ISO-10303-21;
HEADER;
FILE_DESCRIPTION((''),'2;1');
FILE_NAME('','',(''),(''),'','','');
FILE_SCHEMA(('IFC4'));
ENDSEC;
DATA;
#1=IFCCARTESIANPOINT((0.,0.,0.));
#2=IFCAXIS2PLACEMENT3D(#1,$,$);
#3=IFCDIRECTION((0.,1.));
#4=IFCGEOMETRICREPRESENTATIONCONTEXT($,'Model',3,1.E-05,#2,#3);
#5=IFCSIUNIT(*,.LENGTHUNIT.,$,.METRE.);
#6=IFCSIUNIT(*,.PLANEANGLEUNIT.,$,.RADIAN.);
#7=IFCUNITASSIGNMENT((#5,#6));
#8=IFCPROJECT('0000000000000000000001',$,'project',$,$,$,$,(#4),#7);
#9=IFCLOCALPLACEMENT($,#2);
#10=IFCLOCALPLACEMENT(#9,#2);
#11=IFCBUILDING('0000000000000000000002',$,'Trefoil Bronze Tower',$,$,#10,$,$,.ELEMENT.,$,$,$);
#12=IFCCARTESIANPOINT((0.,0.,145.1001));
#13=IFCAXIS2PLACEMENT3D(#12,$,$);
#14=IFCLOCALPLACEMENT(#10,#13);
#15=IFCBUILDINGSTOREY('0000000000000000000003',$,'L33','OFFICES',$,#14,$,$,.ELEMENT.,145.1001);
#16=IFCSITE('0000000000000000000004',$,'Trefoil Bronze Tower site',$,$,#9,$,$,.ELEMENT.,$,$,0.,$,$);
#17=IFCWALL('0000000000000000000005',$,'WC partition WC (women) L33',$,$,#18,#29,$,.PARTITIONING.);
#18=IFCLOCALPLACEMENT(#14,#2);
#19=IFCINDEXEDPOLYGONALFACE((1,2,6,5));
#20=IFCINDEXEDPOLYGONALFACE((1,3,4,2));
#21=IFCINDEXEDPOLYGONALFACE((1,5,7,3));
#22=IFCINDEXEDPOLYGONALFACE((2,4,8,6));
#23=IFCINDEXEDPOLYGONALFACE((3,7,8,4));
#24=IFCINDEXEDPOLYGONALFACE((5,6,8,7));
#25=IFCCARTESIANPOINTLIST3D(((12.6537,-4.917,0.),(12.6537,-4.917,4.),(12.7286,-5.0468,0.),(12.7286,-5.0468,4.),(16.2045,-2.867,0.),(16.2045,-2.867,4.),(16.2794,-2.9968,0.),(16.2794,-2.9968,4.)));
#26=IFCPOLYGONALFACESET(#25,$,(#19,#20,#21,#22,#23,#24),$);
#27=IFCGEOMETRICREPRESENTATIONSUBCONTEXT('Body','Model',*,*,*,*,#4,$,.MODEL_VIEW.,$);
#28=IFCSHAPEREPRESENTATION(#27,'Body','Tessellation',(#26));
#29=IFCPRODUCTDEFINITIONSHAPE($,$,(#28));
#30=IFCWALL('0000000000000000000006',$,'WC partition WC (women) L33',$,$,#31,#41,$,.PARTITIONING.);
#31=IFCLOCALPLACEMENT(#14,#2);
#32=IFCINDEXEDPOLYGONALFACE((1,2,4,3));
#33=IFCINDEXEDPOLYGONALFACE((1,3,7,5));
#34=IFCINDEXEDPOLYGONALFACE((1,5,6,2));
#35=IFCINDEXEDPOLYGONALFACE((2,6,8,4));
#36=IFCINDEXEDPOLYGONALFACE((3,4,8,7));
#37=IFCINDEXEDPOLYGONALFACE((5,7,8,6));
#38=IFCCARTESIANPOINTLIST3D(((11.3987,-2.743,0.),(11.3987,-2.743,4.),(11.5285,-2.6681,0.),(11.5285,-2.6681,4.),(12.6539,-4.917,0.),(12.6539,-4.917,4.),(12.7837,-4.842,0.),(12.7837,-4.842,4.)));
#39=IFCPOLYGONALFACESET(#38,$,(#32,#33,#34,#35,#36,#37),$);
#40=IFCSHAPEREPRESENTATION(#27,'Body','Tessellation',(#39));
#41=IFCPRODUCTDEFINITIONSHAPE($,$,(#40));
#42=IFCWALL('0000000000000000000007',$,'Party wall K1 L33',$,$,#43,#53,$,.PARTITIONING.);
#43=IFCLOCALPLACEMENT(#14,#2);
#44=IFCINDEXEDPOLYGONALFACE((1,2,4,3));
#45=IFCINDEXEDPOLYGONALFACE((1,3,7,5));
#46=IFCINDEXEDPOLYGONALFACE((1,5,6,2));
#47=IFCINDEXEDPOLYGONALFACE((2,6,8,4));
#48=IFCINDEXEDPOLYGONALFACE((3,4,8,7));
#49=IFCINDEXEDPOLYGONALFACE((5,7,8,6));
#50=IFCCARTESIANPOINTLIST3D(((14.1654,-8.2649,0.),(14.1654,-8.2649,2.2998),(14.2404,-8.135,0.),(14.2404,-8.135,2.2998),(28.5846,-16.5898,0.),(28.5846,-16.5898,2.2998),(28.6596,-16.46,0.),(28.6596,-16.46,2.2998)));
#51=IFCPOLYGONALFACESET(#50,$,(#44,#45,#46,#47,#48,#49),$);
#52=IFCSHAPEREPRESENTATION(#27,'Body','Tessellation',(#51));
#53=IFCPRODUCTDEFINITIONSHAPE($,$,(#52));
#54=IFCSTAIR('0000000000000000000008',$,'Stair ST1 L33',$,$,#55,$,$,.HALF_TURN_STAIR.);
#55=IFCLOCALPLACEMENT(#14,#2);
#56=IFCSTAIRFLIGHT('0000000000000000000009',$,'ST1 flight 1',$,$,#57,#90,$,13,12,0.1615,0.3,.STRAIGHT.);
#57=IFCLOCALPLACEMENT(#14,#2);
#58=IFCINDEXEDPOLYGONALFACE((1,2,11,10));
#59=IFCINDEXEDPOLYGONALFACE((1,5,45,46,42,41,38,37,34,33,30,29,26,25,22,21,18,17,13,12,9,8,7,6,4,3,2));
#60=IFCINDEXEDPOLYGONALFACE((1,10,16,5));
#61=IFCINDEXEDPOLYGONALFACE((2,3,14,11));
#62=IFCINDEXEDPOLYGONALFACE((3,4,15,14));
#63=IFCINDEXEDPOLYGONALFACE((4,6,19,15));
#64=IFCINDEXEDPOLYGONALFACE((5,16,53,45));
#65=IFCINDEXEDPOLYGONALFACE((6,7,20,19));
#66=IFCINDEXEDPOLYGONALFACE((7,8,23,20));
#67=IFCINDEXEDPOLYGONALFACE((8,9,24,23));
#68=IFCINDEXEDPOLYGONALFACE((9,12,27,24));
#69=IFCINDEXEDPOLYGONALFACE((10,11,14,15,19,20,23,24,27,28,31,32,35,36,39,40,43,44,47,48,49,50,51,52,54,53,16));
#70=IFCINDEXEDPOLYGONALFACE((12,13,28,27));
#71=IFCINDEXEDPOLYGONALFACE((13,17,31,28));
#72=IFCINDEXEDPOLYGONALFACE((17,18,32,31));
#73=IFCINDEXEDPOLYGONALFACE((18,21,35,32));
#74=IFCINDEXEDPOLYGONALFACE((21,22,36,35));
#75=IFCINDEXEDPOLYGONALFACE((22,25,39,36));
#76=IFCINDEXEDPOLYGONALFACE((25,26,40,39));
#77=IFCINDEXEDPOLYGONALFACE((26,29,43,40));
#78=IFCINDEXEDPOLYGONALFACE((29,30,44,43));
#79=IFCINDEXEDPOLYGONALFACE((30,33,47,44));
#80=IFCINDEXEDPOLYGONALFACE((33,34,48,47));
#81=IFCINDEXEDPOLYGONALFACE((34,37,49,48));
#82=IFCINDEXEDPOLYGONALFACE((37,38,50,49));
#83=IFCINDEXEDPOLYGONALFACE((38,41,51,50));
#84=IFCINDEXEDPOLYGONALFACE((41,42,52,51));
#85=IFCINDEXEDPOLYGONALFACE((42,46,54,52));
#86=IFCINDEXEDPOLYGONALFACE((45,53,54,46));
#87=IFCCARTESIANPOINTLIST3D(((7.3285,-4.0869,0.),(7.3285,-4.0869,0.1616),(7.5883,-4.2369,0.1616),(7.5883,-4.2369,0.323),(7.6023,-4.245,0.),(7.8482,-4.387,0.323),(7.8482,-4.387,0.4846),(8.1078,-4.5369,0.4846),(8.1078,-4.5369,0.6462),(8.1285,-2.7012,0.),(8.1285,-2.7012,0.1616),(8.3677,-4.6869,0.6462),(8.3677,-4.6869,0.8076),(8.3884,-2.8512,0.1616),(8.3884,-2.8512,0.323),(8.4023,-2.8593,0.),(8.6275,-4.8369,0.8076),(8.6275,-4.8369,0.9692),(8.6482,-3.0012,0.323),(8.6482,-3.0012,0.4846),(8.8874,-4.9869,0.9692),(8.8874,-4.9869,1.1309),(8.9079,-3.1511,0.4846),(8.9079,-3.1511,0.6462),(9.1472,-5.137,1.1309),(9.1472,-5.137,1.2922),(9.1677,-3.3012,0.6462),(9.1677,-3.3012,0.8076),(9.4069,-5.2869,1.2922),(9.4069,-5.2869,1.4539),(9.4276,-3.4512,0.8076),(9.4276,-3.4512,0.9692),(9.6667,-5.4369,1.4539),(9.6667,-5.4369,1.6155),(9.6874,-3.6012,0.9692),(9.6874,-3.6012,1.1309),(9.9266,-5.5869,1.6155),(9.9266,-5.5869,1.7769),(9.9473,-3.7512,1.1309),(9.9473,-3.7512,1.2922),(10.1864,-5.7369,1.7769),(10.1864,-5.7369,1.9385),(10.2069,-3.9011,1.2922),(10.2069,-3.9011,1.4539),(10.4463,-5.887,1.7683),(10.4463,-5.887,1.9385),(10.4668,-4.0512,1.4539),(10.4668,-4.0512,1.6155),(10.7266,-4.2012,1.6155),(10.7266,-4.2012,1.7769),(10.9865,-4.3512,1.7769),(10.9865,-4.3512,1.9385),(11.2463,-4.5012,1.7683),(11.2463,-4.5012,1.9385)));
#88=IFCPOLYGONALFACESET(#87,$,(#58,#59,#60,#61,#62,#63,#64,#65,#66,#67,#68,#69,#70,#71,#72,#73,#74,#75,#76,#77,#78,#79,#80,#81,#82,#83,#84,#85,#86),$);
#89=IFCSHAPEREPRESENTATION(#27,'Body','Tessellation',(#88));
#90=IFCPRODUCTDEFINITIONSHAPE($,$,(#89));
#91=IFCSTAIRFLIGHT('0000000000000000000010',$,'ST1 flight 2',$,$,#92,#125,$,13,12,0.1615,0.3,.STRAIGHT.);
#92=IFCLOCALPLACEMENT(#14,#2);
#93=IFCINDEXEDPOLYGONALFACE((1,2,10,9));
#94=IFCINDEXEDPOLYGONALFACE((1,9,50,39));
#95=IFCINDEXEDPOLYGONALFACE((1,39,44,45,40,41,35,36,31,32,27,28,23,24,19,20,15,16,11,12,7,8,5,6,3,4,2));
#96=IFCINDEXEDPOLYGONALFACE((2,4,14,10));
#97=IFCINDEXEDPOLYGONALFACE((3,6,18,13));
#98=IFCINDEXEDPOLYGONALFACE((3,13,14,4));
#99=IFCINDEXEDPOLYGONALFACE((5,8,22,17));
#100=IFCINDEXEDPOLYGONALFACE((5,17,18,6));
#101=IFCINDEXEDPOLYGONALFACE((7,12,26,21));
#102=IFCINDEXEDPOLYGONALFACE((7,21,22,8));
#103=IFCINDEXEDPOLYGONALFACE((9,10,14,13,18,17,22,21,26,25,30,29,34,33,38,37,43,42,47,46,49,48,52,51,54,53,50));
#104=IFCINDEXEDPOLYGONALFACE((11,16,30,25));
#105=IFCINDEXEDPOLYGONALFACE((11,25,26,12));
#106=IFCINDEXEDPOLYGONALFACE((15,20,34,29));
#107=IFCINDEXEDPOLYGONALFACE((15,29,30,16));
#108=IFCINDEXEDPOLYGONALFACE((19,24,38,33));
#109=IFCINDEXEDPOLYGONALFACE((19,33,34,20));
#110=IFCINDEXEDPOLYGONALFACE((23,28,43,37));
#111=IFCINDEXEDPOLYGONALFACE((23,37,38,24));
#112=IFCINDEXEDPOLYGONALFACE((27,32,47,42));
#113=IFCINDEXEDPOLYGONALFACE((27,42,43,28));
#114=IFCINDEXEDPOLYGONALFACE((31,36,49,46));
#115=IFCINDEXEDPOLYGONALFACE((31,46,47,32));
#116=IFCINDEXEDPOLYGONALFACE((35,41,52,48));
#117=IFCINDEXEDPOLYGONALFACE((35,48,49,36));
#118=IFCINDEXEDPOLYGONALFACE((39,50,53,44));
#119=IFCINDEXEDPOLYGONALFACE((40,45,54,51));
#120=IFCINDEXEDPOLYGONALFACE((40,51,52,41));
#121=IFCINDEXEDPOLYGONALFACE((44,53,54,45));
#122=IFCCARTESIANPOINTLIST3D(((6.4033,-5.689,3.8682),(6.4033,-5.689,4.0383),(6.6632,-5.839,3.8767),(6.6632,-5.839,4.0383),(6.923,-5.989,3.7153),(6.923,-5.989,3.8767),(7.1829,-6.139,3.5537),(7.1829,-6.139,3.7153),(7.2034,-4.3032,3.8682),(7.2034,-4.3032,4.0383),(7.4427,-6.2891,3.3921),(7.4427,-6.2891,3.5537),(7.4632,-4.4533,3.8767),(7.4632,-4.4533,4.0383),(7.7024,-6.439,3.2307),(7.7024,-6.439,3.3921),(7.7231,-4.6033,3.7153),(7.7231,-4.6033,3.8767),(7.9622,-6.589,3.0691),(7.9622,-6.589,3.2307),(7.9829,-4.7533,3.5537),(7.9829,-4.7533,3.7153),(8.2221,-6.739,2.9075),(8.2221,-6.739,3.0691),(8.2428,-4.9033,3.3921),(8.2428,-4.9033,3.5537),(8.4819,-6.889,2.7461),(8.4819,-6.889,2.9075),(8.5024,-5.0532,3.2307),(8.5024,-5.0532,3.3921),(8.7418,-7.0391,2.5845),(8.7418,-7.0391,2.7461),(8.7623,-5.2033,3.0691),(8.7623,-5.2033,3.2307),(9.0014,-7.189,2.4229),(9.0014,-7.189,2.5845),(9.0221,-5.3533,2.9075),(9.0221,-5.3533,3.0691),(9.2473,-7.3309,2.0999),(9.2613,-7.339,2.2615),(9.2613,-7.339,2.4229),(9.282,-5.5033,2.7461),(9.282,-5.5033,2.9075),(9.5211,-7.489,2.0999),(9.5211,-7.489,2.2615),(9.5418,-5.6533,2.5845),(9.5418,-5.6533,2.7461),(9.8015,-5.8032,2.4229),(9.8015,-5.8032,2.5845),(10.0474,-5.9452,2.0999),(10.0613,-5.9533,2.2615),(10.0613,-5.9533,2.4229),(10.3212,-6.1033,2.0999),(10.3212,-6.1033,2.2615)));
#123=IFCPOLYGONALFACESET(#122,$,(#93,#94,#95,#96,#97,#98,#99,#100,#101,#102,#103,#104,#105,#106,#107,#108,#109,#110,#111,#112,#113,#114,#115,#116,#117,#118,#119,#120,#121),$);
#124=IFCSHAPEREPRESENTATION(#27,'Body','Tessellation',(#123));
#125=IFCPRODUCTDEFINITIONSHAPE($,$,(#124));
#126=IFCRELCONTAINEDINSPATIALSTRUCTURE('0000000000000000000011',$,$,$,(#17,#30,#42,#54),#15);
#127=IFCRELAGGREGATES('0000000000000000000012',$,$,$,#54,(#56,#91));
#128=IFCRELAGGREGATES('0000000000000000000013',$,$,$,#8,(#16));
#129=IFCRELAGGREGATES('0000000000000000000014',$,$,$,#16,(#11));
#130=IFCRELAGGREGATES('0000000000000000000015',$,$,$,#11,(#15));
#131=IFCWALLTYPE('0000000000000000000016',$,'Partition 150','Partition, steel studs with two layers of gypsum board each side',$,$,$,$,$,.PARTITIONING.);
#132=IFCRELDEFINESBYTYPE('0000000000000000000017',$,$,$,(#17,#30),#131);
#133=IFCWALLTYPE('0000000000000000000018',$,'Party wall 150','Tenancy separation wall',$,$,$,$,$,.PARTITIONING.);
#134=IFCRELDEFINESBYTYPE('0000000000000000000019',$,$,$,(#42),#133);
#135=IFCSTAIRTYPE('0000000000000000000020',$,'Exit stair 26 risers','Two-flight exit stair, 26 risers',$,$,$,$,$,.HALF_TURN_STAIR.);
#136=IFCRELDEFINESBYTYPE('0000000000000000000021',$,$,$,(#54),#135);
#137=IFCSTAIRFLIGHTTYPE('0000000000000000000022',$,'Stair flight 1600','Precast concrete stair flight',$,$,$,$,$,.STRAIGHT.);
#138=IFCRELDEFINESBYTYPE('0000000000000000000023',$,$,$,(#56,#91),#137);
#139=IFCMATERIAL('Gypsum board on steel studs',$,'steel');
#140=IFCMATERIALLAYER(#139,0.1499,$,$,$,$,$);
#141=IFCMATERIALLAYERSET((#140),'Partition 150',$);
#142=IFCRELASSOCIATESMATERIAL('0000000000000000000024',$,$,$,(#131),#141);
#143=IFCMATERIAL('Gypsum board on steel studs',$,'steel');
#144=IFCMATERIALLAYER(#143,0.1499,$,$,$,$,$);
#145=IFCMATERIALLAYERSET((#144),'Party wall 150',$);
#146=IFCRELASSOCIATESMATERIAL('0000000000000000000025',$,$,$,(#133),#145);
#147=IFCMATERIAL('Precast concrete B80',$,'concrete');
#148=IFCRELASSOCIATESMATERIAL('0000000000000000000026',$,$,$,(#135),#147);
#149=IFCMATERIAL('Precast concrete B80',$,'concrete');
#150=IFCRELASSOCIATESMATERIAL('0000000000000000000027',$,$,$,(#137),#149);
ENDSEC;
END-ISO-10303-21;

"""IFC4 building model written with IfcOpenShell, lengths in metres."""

from ifc_helpers import new_model, si_unit, direction, frame, frame_2d, origin, place, context, subcontext, project, spatial, polyline, rectangle, outline, extrude, material, layer, layer_set, type_object, element, aggregate, save


model = new_model("IFC4")

# Units and contexts
model_context = context("Model", 3, precision=1e-05, world=origin(), true_north=direction((0.0, 1.0)))
body_context = subcontext(model_context, "Body", "Model", "MODEL_VIEW")
ifc_project = project(units=[si_unit("LENGTHUNIT", "METRE"), si_unit("PLANEANGLEUNIT", "RADIAN")], contexts=[model_context])

# Site, building, storey
site_placement = place(None, origin())
site = spatial("IfcSite", under=ifc_project, at=site_placement, Name="Trefoil Bronze Tower site", CompositionType="ELEMENT", RefElevation=0.0)
building_placement = place(site_placement, origin())
building = spatial("IfcBuilding", under=site, at=building_placement, Name="Trefoil Bronze Tower", CompositionType="ELEMENT")
storey_placement = place(building_placement, frame((0.0, 0.0, 145.1001)))
storey = spatial("IfcBuildingStorey", under=building, at=storey_placement, Name="L33", Description="OFFICES", CompositionType="ELEMENT", Elevation=145.1001)

# Shared definitions
ifc_material_1 = material(Name="Gypsum board on steel studs", Category="steel")
ifc_layer_1 = layer(ifc_material_1, 0.1499)
ifc_layer_set_1 = layer_set([ifc_layer_1], Name="Partition 150")
wall_type_1 = type_object("IfcWallType", Name="Partition 150", Description="Partition, steel studs with two layers of gypsum board each side", PredefinedType="PARTITIONING", material=ifc_layer_set_1)

# Walls
wall_1_placement = place(storey_placement, frame((12.6912, -4.9819, 0.0), z_axis=(0.0, 0.0, 1.0), x_axis=(0.866025, 0.500001, 0.0)))
element("IfcWall", 1, at=wall_1_placement, inside=storey, type_object=wall_type_1, Name="WC partition WC (women) L33", PredefinedType="PARTITIONING", context=body_context, shape_type="SweptSolid", body=[
    extrude(rectangle(XDim=4.1001, YDim=0.1499, at=frame_2d((2.05, 0.0))), origin(), (0.0, 0.0, 1.0), 4.0),
])
wall_2_placement = place(storey_placement, frame((11.4636, -2.7056, 0.0), z_axis=(0.0, 0.0, 1.0), x_axis=(0.50002, -0.866014, 0.0)))
element("IfcWall", 2, at=wall_2_placement, inside=storey, type_object=wall_type_1, Name="WC partition WC (women) L33", PredefinedType="PARTITIONING", context=body_context, shape_type="SweptSolid", body=[
    extrude(rectangle(XDim=2.5103, YDim=0.1499, at=frame_2d((1.2551, 0.0))), origin(), (0.0, 0.0, 1.0), 4.0),
])
ifc_material_2 = material(Name="Gypsum board on steel studs", Category="steel")
ifc_layer_2 = layer(ifc_material_2, 0.1499)
ifc_layer_set_2 = layer_set([ifc_layer_2], Name="Party wall 150")
wall_type_2 = type_object("IfcWallType", Name="Party wall 150", Description="Tenancy separation wall", PredefinedType="PARTITIONING", material=ifc_layer_set_2)
wall_3_placement = place(storey_placement, frame((14.2029, -8.2, 0.0), z_axis=(0.0, 0.0, 1.0), x_axis=(0.866025, -0.500001, 0.0)))
element("IfcWall", 3, at=wall_3_placement, inside=storey, type_object=wall_type_2, Name="Party wall K1 L33", PredefinedType="PARTITIONING", context=body_context, shape_type="SweptSolid", body=[
    extrude(rectangle(XDim=16.6499, YDim=0.1499, at=frame_2d((8.325, 0.0))), origin(), (0.0, 0.0, 1.0), 2.2998),
])

# Stair, stair flights
ifc_material_3 = material(Name="Precast concrete B80", Category="concrete")
stair_type = type_object("IfcStairType", Name="Exit stair 26 risers", Description="Two-flight exit stair, 26 risers", PredefinedType="HALF_TURN_STAIR", material=ifc_material_3)
stair_placement = place(storey_placement, origin())
stair = element("IfcStair", 4, at=stair_placement, inside=storey, type_object=stair_type, Name="Stair ST1 L33", PredefinedType="HALF_TURN_STAIR")
ifc_material_4 = material(Name="Precast concrete B80", Category="concrete")
stair_flight_type = type_object("IfcStairFlightType", Name="Stair flight 1600", Description="Precast concrete stair flight", PredefinedType="STRAIGHT", material=ifc_material_4)
stair_flight_1_placement = place(storey_placement, frame((7.7285, -3.394, 0.0), z_axis=(0.0, 0.0, 1.0), x_axis=(0.866025, -0.5, 0.0)))
stair_flight_1 = element("IfcStairFlight", 5, at=stair_flight_1_placement, type_object=stair_flight_type, Name="ST1 flight 1", NumberOfRisers=13, NumberOfTreads=12, PredefinedType="STRAIGHT", RiserHeight=0.1615, TreadLength=0.3, context=body_context, shape_type="SweptSolid", body=[
    extrude(outline(polyline([(0.0, 0.0), (0.0, 0.1616), (0.3, 0.1616), (0.3, 0.323), (0.6001, 0.323), (0.6001, 0.4846), (0.8999, 0.4846), (0.8999, 0.6462), (1.2, 0.6462), (1.2, 0.8076), (1.5, 0.8076), (1.5, 0.9692), (1.8, 0.9692), (1.8, 1.1309), (2.1001, 1.1309), (2.1001, 1.2922), (2.3999, 1.2922), (2.3999, 1.4539), (2.7, 1.4539), (2.7, 1.6155), (3.0, 1.6155), (3.0, 1.7769), (3.3, 1.7769), (3.3, 1.9385), (3.6001, 1.9385), (3.6001, 2.1001), (3.6001, 1.7683), (0.3162, 0.0), (0.0, 0.0)])), frame((0.0, 0.8, 0.0), z_axis=(0.0, -1.0, 0.0), x_axis=(1.0, 0.0, 0.0)), (0.0, 0.0, 1.0), 1.6001),
])
stair_flight_2_placement = place(storey_placement, frame((9.9211, -6.7961, 2.0999), z_axis=(0.0, 0.0, 1.0), x_axis=(-0.866025, 0.5, 0.0)))
stair_flight_2 = element("IfcStairFlight", 6, at=stair_flight_2_placement, type_object=stair_flight_type, Name="ST1 flight 2", NumberOfRisers=13, NumberOfTreads=12, PredefinedType="STRAIGHT", RiserHeight=0.1615, TreadLength=0.3, context=body_context, shape_type="SweptSolid", body=[
    extrude(outline(polyline([(0.0, 0.0), (0.0, 0.1616), (0.3, 0.1616), (0.3, 0.323), (0.6001, 0.323), (0.6001, 0.4846), (0.8999, 0.4846), (0.8999, 0.6462), (1.2, 0.6462), (1.2, 0.8076), (1.5, 0.8076), (1.5, 0.9692), (1.8, 0.9692), (1.8, 1.1309), (2.1001, 1.1309), (2.1001, 1.2922), (2.3999, 1.2922), (2.3999, 1.4539), (2.7, 1.4539), (2.7, 1.6155), (3.0, 1.6155), (3.0, 1.7769), (3.3, 1.7769), (3.3, 1.9385), (3.6001, 1.9385), (3.6001, 2.1001), (3.6001, 1.7683), (0.3162, 0.0), (0.0, 0.0)])), frame((0.0, 0.8, 0.0), z_axis=(0.0, -1.0, 0.0), x_axis=(1.0, 0.0, 0.0)), (0.0, 0.0, 1.0), 1.6001),
])
aggregate(stair, [stair_flight_1, stair_flight_2])

save(model, "model.ifc")
